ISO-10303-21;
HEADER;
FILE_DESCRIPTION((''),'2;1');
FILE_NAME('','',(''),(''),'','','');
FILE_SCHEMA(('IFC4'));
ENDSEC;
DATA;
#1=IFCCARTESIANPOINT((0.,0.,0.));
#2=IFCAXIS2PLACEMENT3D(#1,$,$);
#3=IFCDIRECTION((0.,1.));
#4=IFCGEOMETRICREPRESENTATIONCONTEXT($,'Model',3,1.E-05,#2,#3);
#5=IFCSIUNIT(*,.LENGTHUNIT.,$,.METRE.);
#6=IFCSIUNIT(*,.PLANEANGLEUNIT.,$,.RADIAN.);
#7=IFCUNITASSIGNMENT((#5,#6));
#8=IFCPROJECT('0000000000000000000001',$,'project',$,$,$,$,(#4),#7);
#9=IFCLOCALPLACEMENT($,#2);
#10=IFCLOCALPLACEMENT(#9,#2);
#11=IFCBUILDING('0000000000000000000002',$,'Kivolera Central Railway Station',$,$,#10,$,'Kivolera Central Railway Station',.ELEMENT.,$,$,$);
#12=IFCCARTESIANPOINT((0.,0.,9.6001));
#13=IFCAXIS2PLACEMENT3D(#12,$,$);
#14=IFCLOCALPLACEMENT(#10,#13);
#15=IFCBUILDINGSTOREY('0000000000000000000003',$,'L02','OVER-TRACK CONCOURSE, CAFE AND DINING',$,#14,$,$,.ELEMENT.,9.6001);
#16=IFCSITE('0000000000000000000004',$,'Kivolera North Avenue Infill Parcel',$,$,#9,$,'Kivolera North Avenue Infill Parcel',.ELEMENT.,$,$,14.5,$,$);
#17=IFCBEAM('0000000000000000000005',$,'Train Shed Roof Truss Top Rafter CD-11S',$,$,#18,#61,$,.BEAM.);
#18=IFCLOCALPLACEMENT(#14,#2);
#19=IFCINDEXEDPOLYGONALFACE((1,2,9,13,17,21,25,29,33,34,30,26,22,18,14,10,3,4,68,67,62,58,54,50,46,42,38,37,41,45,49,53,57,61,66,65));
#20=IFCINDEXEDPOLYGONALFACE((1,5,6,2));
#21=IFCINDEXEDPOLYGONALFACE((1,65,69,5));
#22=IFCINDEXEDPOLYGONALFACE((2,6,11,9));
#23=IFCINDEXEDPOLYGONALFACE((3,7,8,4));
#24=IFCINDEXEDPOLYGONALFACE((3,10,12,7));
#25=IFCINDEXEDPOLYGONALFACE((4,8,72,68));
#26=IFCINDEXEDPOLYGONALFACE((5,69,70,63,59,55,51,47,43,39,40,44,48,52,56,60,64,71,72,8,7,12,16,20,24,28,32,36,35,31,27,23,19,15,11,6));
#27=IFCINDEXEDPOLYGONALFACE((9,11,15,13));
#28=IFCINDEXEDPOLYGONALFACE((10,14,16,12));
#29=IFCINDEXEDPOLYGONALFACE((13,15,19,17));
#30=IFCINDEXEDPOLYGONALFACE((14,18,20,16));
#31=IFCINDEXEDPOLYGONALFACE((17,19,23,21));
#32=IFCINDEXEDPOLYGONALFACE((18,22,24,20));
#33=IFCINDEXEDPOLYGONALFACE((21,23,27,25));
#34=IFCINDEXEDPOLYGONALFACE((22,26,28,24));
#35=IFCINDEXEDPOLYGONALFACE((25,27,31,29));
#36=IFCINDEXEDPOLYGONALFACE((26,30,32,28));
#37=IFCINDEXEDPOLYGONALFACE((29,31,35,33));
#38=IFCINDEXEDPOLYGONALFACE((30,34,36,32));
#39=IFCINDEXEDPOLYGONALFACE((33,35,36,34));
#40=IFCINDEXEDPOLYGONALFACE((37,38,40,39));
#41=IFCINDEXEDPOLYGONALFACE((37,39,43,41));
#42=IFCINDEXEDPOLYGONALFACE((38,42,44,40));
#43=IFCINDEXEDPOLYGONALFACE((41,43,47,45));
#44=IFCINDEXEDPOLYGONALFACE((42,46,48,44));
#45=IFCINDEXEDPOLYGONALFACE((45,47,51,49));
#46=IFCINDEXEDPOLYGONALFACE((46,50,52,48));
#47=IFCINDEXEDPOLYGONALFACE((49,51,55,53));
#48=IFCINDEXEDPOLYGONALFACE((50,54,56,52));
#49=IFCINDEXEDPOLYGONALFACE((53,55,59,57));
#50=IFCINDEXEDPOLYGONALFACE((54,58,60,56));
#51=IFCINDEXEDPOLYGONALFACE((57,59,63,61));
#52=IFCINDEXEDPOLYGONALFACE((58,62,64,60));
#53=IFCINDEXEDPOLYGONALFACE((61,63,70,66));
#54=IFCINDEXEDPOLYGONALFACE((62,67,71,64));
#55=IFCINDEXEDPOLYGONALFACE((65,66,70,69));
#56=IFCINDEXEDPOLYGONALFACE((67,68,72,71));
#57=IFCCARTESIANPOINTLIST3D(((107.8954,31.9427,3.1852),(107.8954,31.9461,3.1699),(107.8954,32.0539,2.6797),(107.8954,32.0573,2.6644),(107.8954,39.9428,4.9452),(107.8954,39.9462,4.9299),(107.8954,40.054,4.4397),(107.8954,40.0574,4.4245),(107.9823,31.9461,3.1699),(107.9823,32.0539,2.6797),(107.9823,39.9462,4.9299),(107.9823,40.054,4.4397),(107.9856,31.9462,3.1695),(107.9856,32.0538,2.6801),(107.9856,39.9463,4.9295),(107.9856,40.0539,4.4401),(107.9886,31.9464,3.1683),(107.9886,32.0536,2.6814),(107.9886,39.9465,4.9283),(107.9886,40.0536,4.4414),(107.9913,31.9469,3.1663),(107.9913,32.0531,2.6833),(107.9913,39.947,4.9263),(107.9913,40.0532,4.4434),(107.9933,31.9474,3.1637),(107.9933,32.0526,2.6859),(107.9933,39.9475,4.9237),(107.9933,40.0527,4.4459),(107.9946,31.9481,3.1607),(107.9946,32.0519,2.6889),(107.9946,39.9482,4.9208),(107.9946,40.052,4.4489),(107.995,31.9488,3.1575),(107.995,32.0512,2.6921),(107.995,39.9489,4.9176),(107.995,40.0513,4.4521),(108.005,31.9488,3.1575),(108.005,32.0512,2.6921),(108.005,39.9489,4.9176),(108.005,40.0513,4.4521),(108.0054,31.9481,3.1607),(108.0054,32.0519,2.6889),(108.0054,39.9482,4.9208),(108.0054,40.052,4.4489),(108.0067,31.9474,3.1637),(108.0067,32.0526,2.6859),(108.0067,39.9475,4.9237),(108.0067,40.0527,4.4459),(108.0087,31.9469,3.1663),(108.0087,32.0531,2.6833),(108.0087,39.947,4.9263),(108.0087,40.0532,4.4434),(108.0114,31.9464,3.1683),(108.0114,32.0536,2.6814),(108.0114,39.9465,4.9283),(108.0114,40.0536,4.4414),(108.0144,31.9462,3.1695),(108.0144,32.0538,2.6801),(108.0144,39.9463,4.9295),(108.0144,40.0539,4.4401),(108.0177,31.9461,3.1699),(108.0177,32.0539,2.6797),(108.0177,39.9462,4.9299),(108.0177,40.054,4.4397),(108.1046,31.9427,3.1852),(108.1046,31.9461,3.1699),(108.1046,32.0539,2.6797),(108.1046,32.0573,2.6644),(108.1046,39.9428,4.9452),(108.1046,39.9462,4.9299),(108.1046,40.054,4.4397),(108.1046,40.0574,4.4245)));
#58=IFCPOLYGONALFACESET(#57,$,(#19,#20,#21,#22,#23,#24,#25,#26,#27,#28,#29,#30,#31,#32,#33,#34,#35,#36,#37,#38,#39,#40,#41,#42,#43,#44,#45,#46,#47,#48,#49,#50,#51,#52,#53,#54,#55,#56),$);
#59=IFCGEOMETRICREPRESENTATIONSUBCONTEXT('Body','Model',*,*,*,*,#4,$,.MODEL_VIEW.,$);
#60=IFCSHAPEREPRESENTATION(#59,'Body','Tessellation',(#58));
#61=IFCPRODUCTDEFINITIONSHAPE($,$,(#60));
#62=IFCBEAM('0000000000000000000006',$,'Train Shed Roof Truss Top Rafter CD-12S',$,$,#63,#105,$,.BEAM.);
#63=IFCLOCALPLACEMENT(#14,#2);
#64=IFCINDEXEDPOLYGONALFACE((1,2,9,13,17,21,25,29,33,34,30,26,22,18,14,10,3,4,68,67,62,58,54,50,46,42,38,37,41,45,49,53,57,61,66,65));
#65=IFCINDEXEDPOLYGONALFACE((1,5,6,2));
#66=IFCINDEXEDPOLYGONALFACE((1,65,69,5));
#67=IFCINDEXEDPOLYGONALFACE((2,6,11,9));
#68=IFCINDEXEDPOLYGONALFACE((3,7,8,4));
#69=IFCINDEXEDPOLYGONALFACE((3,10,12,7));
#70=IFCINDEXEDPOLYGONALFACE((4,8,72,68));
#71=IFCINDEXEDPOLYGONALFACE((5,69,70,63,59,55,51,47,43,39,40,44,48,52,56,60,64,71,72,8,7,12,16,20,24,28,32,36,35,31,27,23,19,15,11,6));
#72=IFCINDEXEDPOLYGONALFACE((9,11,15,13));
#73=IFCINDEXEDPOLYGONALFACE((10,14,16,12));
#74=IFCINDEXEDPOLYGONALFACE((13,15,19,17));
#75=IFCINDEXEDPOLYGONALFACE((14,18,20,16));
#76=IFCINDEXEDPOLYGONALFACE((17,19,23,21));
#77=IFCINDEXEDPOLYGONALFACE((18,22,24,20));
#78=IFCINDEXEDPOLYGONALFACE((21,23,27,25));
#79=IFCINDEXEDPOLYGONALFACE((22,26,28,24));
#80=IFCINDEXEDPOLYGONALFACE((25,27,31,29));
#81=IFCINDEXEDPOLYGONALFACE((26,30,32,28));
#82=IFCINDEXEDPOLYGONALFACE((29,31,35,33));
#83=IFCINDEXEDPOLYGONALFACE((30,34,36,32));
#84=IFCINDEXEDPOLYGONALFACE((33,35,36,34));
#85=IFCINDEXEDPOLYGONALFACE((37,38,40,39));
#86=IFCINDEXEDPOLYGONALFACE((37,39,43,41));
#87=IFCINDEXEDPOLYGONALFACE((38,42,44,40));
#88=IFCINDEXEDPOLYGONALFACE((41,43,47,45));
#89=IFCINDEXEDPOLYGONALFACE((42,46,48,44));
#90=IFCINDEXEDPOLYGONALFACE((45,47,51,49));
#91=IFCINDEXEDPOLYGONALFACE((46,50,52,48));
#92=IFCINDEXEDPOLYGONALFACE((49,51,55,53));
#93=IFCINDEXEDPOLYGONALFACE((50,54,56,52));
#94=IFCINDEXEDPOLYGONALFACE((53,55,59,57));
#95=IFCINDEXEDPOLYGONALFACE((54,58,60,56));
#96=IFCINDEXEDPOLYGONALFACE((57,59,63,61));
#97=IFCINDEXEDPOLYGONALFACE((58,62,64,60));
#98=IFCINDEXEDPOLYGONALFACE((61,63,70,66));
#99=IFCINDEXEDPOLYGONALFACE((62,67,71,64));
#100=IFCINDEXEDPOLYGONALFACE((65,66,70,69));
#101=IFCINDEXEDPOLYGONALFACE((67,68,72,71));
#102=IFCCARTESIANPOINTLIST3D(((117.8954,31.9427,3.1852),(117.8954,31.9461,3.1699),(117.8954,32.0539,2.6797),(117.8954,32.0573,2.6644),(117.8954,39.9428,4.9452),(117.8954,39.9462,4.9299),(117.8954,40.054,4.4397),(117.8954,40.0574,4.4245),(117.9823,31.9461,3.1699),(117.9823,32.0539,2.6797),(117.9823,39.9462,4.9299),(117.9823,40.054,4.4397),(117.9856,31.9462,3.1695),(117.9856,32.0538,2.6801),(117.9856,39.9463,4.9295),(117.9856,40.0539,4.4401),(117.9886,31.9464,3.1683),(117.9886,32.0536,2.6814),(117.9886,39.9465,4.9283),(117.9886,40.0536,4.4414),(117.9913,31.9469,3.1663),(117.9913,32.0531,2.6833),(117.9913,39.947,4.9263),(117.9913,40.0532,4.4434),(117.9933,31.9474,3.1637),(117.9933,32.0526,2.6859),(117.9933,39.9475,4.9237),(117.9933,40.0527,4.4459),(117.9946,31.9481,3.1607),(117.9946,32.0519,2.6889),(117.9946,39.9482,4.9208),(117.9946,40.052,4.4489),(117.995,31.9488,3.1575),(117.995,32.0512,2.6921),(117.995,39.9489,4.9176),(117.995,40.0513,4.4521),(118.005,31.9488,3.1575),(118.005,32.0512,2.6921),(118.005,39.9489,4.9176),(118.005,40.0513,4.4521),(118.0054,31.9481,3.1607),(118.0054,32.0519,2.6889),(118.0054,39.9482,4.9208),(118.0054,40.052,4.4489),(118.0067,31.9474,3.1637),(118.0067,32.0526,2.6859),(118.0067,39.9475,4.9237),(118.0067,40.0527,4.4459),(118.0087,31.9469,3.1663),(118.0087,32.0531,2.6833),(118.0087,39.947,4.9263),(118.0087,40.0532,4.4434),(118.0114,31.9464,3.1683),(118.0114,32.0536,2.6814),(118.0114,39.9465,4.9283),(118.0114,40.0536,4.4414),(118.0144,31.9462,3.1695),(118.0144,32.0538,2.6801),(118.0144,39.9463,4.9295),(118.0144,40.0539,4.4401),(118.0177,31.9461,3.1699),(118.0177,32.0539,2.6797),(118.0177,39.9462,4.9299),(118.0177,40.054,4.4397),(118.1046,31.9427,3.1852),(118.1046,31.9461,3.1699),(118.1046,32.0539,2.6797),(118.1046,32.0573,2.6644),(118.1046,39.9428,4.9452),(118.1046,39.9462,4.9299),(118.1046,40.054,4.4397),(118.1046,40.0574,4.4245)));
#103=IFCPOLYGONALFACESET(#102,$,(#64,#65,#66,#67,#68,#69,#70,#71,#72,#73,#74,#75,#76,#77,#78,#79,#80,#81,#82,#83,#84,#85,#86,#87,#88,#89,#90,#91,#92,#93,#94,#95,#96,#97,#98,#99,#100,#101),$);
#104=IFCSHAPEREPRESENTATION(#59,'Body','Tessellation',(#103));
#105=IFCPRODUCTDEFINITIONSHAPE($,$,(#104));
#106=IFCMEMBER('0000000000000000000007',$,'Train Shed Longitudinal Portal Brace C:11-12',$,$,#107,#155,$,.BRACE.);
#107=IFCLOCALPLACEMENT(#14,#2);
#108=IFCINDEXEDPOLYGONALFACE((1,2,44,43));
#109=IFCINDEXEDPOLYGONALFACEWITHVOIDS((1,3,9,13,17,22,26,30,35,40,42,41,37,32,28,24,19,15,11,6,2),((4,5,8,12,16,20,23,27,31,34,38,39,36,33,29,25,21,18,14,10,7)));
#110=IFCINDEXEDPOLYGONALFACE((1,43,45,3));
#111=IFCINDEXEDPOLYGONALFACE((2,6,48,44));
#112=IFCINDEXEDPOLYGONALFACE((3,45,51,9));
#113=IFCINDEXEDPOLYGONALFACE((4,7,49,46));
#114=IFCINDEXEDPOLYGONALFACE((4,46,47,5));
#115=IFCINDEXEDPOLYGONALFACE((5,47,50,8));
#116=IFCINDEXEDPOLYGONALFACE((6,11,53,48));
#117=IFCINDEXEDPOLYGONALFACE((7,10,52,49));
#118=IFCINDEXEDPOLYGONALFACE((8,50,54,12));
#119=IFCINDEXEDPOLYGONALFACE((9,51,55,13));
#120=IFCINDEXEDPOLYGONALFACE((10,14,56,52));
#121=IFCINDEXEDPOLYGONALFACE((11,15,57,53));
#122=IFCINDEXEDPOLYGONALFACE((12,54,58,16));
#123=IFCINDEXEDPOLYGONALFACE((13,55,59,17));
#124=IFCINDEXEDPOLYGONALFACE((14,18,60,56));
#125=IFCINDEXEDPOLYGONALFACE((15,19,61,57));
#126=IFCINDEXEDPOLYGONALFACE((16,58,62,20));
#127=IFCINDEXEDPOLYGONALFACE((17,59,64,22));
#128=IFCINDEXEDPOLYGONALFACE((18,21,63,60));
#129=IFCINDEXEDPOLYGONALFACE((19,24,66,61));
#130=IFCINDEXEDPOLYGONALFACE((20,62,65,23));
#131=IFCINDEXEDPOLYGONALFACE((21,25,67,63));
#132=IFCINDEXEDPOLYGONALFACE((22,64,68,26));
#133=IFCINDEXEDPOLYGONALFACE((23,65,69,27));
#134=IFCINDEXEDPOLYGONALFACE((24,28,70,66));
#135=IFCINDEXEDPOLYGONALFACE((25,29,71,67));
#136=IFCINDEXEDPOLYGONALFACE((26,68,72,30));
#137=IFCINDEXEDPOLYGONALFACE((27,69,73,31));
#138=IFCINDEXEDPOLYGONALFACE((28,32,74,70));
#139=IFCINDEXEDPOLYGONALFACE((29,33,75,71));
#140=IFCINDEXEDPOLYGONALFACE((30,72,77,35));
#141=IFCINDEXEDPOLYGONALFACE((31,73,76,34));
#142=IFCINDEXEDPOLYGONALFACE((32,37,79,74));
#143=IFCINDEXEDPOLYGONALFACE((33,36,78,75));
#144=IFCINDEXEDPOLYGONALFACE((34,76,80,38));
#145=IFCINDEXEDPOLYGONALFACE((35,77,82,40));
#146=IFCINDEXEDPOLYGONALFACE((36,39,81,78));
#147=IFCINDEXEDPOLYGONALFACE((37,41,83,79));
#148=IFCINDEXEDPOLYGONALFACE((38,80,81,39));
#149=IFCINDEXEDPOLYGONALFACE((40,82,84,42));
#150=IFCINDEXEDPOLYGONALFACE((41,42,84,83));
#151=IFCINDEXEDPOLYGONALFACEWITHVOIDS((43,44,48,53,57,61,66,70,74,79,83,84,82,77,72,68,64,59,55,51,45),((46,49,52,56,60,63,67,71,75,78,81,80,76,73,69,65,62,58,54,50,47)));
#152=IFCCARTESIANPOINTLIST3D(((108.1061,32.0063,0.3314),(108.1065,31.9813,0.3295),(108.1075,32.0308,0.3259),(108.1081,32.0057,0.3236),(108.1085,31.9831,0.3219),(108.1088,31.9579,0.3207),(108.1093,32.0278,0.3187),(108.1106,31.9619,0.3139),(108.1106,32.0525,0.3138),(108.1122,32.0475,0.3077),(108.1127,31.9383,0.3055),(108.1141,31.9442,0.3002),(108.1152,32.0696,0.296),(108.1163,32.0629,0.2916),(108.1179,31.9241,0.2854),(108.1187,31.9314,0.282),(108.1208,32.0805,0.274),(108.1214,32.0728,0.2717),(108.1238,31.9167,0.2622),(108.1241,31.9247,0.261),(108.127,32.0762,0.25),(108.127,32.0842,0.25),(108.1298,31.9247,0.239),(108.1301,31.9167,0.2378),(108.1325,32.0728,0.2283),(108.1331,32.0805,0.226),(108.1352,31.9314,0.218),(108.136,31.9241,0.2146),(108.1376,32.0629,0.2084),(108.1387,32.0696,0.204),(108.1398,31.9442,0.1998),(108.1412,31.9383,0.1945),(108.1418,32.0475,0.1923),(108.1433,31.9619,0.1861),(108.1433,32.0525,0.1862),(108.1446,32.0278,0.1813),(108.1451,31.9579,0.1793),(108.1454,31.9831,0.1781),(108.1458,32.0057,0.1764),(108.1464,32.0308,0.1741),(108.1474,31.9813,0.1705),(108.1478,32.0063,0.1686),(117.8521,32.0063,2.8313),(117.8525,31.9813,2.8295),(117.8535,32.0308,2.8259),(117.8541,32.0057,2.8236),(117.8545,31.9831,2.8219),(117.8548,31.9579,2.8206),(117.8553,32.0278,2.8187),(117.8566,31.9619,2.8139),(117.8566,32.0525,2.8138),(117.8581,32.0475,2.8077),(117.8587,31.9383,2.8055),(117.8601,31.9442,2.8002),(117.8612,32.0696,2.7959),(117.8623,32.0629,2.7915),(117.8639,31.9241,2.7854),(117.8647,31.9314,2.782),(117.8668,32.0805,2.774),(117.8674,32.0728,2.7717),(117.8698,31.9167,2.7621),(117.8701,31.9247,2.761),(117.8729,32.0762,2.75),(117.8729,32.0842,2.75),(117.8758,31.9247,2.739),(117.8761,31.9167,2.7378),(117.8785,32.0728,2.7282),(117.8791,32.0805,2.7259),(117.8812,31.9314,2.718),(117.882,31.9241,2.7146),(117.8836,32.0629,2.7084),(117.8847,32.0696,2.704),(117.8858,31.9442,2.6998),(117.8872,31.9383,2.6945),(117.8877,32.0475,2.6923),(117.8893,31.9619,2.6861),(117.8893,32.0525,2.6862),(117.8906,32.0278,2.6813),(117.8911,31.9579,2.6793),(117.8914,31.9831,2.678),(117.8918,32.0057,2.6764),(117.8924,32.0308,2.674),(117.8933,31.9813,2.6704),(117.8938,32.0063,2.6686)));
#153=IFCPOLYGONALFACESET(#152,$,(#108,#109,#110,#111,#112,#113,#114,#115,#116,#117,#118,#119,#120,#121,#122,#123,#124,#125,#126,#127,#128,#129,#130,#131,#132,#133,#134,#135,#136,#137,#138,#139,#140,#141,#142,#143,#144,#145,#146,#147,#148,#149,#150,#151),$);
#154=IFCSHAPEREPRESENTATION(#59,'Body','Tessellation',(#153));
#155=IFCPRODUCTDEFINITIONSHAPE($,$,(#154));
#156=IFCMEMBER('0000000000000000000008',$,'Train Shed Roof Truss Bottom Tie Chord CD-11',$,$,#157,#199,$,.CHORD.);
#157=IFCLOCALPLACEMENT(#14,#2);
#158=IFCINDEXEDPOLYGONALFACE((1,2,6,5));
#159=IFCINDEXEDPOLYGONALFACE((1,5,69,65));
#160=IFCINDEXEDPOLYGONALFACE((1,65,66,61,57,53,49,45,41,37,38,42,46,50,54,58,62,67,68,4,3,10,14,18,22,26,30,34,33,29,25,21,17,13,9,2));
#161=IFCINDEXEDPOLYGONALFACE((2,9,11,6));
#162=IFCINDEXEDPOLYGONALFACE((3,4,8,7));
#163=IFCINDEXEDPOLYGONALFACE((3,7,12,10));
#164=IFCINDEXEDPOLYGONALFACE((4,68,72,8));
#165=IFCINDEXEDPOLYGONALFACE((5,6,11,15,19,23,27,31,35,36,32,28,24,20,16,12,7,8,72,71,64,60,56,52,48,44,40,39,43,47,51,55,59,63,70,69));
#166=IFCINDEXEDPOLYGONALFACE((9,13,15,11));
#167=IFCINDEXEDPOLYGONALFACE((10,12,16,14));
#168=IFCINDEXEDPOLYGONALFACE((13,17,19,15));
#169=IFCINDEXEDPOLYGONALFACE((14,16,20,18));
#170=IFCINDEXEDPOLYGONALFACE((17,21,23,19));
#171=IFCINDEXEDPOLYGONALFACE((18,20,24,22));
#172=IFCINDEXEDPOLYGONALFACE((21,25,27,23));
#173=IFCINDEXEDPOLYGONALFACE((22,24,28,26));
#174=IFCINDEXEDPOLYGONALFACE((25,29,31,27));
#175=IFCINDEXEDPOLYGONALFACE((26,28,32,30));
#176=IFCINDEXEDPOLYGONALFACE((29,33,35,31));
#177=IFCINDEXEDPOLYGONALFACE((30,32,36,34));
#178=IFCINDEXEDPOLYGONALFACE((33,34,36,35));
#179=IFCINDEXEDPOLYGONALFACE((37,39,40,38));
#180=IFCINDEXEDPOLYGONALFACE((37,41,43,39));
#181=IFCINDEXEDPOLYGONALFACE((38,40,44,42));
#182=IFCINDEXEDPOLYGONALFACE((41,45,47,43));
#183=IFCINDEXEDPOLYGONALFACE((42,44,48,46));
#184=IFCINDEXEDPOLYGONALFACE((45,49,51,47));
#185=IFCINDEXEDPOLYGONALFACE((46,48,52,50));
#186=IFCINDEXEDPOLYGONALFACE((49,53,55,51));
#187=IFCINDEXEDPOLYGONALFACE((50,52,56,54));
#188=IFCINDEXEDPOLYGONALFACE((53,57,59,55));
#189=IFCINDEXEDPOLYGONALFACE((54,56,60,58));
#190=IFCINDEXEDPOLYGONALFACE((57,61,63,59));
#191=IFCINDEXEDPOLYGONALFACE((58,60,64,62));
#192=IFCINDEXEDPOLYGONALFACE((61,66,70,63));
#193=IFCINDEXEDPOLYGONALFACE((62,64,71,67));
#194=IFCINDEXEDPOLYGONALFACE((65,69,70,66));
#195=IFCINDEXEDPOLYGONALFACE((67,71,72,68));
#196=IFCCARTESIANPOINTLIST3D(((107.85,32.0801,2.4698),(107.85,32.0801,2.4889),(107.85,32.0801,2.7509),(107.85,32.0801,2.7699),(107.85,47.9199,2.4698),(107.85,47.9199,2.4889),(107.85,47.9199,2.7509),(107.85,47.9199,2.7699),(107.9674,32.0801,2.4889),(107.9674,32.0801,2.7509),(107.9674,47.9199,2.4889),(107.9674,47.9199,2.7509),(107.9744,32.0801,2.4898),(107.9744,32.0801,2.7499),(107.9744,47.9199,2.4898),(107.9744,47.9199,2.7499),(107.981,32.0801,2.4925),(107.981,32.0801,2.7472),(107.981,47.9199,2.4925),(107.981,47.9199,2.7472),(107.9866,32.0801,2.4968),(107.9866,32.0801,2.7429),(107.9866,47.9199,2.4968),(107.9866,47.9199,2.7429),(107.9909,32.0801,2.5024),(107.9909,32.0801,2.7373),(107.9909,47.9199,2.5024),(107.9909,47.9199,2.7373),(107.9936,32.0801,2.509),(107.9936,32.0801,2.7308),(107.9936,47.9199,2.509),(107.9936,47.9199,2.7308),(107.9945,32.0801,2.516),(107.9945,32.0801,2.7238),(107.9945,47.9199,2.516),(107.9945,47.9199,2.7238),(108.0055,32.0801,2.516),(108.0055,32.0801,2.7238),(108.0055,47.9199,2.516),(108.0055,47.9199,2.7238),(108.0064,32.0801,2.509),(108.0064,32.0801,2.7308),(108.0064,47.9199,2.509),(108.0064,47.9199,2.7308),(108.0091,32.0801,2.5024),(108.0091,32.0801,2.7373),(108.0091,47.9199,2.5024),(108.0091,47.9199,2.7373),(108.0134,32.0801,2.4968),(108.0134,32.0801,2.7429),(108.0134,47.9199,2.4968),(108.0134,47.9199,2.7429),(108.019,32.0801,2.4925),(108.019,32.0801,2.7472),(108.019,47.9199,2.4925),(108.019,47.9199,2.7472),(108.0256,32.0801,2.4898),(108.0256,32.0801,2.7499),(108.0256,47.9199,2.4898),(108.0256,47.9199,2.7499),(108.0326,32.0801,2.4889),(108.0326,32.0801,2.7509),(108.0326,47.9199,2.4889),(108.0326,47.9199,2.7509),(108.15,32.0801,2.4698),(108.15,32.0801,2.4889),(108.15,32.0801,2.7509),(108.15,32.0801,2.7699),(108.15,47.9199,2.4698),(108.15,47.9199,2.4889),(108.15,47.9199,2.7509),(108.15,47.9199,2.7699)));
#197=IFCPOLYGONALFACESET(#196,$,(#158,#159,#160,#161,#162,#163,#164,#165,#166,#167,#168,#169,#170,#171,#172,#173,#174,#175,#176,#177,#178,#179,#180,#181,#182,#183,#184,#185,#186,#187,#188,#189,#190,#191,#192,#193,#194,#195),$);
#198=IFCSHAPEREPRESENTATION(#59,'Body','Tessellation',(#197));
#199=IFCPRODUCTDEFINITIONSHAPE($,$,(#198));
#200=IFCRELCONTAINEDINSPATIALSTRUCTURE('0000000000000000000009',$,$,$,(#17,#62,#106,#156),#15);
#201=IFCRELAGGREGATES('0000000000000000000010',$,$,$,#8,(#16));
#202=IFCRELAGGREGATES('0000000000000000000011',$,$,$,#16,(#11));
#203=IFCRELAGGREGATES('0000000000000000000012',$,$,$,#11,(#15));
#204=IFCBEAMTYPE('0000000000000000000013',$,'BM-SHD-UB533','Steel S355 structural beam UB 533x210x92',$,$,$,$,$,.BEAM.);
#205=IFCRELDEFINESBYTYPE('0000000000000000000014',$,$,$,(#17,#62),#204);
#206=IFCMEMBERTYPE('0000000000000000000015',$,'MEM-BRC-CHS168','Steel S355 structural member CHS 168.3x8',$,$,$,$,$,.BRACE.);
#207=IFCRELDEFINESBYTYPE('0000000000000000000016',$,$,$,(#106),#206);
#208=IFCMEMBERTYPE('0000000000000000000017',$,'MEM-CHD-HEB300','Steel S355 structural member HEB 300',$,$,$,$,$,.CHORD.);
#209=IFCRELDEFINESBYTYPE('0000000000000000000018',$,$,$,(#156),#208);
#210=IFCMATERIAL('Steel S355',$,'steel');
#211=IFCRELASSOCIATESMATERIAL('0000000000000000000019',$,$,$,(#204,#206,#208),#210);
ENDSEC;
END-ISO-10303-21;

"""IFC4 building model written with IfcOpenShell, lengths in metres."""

from ifc_helpers import new_model, si_unit, direction, frame, origin, origin_2d, place, context, subcontext, project, spatial, hollow_circle, i_section, extrude, material, material_profile, profile_set, type_object, element, save


model = new_model("IFC4")

# Units and contexts
model_context = context("Model", 3, precision=1e-05, world=origin(), true_north=direction((0.0, 1.0)))
body_context = subcontext(model_context, "Body", "Model", "MODEL_VIEW")
ifc_project = project(units=[si_unit("LENGTHUNIT", "METRE"), si_unit("PLANEANGLEUNIT", "RADIAN")], contexts=[model_context])

# Site, building, storey
site_placement = place(None, origin())
site = spatial("IfcSite", under=ifc_project, at=site_placement, Name="Kivolera North Avenue Infill Parcel", LongName="Kivolera North Avenue Infill Parcel", CompositionType="ELEMENT", RefElevation=14.5)
building_placement = place(site_placement, origin())
building = spatial("IfcBuilding", under=site, at=building_placement, Name="Kivolera Central Railway Station", LongName="Kivolera Central Railway Station", CompositionType="ELEMENT")
storey_placement = place(building_placement, frame((0.0, 0.0, 9.6001)))
storey = spatial("IfcBuildingStorey", under=building, at=storey_placement, Name="L02", Description="OVER-TRACK CONCOURSE, CAFE AND DINING", CompositionType="ELEMENT", Elevation=9.6001)

# Shared definitions
ifc_material_1 = material(Name="Steel S355", Category="steel")

# Beams
ifc_material_profile_1 = material_profile(ifc_material_1, i_section(OverallWidth=0.2092, OverallDepth=0.5332, WebThickness=0.01, FlangeThickness=0.0156, FilletRadius=0.0127, at=origin_2d()), Name="UB 533x210x92")
ifc_profile_set_1 = profile_set([ifc_material_profile_1], Name="Steel S355")
beam_type_1 = type_object("IfcBeamType", Name="BM-SHD-UB533", Description="Steel S355 structural beam UB 533x210x92", PredefinedType="BEAM", material=ifc_profile_set_1)
for number, where, z_axis, x_axis, name in (
    (1, (108.0, 32.0, 2.9248), (0.0, 0.976644, 0.214863), (-1.0, 0.0, 0.0), "Train Shed Roof Truss Top Rafter CD-11S"),
    (2, (118.0, 32.0, 2.9248), (0.0, 0.976644, 0.214863), (-1.0, 0.0, 0.0), "Train Shed Roof Truss Top Rafter CD-12S"),
):
    element("IfcBeam", number, at=place(storey_placement, frame(where, z_axis=z_axis, x_axis=x_axis)), inside=storey, type_object=beam_type_1, Name=name, PredefinedType="BEAM", context=body_context, shape_type="SweptSolid", body=[
        extrude(i_section(OverallWidth=0.2092, OverallDepth=0.5332, WebThickness=0.01, FlangeThickness=0.0156, FilletRadius=0.0127, at=origin_2d()), origin(), (0.0, 0.0, 1.0), 8.1914),
    ])

# Members
ifc_material_profile_2 = material_profile(ifc_material_1, hollow_circle(Radius=0.0842, WallThickness=0.0081, at=origin_2d()), Name="CHS 168.3x8")
ifc_profile_set_2 = profile_set([ifc_material_profile_2], Name="Steel S355")
member_type_1 = type_object("IfcMemberType", Name="MEM-BRC-CHS168", Description="Steel S355 structural member CHS 168.3x8", PredefinedType="BRACE", material=ifc_profile_set_2)
member_placement = place(storey_placement, frame((108.127, 32.0, 0.25), z_axis=(0.96864, 0.0, 0.248469), x_axis=(0.0, 1.0, 0.0)))
element("IfcMember", 3, at=member_placement, inside=storey, type_object=member_type_1, Name="Train Shed Longitudinal Portal Brace C:11-12", PredefinedType="BRACE", context=body_context, shape_type="SweptSolid", body=[
    extrude(hollow_circle(Radius=0.0842, WallThickness=0.0081, at=origin_2d()), origin(), (0.0, 0.0, 1.0), 10.0615),
])
ifc_material_profile_3 = material_profile(ifc_material_1, i_section(OverallWidth=0.3, OverallDepth=0.3, WebThickness=0.011, FlangeThickness=0.019, FilletRadius=0.0271, at=origin_2d()), Name="HEB 300")
ifc_profile_set_3 = profile_set([ifc_material_profile_3], Name="Steel S355")
member_type_2 = type_object("IfcMemberType", Name="MEM-CHD-HEB300", Description="Steel S355 structural member HEB 300", PredefinedType="CHORD", material=ifc_profile_set_3)
for number, where, z_axis, x_axis, name in (
    (4, (108.0, 32.0801, 2.6199), (0.0, 1.0, 0.0), (-1.0, 0.0, 0.0), "Train Shed Roof Truss Bottom Tie Chord CD-11"),
):
    element("IfcMember", number, at=place(storey_placement, frame(where, z_axis=z_axis, x_axis=x_axis)), inside=storey, type_object=member_type_2, Name=name, PredefinedType="CHORD", context=body_context, shape_type="SweptSolid", body=[
        extrude(i_section(OverallWidth=0.3, OverallDepth=0.3, WebThickness=0.011, FlangeThickness=0.019, FilletRadius=0.0271, at=origin_2d()), origin(), (0.0, 0.0, 1.0), 15.8398),
    ])

save(model, "model.ifc")
